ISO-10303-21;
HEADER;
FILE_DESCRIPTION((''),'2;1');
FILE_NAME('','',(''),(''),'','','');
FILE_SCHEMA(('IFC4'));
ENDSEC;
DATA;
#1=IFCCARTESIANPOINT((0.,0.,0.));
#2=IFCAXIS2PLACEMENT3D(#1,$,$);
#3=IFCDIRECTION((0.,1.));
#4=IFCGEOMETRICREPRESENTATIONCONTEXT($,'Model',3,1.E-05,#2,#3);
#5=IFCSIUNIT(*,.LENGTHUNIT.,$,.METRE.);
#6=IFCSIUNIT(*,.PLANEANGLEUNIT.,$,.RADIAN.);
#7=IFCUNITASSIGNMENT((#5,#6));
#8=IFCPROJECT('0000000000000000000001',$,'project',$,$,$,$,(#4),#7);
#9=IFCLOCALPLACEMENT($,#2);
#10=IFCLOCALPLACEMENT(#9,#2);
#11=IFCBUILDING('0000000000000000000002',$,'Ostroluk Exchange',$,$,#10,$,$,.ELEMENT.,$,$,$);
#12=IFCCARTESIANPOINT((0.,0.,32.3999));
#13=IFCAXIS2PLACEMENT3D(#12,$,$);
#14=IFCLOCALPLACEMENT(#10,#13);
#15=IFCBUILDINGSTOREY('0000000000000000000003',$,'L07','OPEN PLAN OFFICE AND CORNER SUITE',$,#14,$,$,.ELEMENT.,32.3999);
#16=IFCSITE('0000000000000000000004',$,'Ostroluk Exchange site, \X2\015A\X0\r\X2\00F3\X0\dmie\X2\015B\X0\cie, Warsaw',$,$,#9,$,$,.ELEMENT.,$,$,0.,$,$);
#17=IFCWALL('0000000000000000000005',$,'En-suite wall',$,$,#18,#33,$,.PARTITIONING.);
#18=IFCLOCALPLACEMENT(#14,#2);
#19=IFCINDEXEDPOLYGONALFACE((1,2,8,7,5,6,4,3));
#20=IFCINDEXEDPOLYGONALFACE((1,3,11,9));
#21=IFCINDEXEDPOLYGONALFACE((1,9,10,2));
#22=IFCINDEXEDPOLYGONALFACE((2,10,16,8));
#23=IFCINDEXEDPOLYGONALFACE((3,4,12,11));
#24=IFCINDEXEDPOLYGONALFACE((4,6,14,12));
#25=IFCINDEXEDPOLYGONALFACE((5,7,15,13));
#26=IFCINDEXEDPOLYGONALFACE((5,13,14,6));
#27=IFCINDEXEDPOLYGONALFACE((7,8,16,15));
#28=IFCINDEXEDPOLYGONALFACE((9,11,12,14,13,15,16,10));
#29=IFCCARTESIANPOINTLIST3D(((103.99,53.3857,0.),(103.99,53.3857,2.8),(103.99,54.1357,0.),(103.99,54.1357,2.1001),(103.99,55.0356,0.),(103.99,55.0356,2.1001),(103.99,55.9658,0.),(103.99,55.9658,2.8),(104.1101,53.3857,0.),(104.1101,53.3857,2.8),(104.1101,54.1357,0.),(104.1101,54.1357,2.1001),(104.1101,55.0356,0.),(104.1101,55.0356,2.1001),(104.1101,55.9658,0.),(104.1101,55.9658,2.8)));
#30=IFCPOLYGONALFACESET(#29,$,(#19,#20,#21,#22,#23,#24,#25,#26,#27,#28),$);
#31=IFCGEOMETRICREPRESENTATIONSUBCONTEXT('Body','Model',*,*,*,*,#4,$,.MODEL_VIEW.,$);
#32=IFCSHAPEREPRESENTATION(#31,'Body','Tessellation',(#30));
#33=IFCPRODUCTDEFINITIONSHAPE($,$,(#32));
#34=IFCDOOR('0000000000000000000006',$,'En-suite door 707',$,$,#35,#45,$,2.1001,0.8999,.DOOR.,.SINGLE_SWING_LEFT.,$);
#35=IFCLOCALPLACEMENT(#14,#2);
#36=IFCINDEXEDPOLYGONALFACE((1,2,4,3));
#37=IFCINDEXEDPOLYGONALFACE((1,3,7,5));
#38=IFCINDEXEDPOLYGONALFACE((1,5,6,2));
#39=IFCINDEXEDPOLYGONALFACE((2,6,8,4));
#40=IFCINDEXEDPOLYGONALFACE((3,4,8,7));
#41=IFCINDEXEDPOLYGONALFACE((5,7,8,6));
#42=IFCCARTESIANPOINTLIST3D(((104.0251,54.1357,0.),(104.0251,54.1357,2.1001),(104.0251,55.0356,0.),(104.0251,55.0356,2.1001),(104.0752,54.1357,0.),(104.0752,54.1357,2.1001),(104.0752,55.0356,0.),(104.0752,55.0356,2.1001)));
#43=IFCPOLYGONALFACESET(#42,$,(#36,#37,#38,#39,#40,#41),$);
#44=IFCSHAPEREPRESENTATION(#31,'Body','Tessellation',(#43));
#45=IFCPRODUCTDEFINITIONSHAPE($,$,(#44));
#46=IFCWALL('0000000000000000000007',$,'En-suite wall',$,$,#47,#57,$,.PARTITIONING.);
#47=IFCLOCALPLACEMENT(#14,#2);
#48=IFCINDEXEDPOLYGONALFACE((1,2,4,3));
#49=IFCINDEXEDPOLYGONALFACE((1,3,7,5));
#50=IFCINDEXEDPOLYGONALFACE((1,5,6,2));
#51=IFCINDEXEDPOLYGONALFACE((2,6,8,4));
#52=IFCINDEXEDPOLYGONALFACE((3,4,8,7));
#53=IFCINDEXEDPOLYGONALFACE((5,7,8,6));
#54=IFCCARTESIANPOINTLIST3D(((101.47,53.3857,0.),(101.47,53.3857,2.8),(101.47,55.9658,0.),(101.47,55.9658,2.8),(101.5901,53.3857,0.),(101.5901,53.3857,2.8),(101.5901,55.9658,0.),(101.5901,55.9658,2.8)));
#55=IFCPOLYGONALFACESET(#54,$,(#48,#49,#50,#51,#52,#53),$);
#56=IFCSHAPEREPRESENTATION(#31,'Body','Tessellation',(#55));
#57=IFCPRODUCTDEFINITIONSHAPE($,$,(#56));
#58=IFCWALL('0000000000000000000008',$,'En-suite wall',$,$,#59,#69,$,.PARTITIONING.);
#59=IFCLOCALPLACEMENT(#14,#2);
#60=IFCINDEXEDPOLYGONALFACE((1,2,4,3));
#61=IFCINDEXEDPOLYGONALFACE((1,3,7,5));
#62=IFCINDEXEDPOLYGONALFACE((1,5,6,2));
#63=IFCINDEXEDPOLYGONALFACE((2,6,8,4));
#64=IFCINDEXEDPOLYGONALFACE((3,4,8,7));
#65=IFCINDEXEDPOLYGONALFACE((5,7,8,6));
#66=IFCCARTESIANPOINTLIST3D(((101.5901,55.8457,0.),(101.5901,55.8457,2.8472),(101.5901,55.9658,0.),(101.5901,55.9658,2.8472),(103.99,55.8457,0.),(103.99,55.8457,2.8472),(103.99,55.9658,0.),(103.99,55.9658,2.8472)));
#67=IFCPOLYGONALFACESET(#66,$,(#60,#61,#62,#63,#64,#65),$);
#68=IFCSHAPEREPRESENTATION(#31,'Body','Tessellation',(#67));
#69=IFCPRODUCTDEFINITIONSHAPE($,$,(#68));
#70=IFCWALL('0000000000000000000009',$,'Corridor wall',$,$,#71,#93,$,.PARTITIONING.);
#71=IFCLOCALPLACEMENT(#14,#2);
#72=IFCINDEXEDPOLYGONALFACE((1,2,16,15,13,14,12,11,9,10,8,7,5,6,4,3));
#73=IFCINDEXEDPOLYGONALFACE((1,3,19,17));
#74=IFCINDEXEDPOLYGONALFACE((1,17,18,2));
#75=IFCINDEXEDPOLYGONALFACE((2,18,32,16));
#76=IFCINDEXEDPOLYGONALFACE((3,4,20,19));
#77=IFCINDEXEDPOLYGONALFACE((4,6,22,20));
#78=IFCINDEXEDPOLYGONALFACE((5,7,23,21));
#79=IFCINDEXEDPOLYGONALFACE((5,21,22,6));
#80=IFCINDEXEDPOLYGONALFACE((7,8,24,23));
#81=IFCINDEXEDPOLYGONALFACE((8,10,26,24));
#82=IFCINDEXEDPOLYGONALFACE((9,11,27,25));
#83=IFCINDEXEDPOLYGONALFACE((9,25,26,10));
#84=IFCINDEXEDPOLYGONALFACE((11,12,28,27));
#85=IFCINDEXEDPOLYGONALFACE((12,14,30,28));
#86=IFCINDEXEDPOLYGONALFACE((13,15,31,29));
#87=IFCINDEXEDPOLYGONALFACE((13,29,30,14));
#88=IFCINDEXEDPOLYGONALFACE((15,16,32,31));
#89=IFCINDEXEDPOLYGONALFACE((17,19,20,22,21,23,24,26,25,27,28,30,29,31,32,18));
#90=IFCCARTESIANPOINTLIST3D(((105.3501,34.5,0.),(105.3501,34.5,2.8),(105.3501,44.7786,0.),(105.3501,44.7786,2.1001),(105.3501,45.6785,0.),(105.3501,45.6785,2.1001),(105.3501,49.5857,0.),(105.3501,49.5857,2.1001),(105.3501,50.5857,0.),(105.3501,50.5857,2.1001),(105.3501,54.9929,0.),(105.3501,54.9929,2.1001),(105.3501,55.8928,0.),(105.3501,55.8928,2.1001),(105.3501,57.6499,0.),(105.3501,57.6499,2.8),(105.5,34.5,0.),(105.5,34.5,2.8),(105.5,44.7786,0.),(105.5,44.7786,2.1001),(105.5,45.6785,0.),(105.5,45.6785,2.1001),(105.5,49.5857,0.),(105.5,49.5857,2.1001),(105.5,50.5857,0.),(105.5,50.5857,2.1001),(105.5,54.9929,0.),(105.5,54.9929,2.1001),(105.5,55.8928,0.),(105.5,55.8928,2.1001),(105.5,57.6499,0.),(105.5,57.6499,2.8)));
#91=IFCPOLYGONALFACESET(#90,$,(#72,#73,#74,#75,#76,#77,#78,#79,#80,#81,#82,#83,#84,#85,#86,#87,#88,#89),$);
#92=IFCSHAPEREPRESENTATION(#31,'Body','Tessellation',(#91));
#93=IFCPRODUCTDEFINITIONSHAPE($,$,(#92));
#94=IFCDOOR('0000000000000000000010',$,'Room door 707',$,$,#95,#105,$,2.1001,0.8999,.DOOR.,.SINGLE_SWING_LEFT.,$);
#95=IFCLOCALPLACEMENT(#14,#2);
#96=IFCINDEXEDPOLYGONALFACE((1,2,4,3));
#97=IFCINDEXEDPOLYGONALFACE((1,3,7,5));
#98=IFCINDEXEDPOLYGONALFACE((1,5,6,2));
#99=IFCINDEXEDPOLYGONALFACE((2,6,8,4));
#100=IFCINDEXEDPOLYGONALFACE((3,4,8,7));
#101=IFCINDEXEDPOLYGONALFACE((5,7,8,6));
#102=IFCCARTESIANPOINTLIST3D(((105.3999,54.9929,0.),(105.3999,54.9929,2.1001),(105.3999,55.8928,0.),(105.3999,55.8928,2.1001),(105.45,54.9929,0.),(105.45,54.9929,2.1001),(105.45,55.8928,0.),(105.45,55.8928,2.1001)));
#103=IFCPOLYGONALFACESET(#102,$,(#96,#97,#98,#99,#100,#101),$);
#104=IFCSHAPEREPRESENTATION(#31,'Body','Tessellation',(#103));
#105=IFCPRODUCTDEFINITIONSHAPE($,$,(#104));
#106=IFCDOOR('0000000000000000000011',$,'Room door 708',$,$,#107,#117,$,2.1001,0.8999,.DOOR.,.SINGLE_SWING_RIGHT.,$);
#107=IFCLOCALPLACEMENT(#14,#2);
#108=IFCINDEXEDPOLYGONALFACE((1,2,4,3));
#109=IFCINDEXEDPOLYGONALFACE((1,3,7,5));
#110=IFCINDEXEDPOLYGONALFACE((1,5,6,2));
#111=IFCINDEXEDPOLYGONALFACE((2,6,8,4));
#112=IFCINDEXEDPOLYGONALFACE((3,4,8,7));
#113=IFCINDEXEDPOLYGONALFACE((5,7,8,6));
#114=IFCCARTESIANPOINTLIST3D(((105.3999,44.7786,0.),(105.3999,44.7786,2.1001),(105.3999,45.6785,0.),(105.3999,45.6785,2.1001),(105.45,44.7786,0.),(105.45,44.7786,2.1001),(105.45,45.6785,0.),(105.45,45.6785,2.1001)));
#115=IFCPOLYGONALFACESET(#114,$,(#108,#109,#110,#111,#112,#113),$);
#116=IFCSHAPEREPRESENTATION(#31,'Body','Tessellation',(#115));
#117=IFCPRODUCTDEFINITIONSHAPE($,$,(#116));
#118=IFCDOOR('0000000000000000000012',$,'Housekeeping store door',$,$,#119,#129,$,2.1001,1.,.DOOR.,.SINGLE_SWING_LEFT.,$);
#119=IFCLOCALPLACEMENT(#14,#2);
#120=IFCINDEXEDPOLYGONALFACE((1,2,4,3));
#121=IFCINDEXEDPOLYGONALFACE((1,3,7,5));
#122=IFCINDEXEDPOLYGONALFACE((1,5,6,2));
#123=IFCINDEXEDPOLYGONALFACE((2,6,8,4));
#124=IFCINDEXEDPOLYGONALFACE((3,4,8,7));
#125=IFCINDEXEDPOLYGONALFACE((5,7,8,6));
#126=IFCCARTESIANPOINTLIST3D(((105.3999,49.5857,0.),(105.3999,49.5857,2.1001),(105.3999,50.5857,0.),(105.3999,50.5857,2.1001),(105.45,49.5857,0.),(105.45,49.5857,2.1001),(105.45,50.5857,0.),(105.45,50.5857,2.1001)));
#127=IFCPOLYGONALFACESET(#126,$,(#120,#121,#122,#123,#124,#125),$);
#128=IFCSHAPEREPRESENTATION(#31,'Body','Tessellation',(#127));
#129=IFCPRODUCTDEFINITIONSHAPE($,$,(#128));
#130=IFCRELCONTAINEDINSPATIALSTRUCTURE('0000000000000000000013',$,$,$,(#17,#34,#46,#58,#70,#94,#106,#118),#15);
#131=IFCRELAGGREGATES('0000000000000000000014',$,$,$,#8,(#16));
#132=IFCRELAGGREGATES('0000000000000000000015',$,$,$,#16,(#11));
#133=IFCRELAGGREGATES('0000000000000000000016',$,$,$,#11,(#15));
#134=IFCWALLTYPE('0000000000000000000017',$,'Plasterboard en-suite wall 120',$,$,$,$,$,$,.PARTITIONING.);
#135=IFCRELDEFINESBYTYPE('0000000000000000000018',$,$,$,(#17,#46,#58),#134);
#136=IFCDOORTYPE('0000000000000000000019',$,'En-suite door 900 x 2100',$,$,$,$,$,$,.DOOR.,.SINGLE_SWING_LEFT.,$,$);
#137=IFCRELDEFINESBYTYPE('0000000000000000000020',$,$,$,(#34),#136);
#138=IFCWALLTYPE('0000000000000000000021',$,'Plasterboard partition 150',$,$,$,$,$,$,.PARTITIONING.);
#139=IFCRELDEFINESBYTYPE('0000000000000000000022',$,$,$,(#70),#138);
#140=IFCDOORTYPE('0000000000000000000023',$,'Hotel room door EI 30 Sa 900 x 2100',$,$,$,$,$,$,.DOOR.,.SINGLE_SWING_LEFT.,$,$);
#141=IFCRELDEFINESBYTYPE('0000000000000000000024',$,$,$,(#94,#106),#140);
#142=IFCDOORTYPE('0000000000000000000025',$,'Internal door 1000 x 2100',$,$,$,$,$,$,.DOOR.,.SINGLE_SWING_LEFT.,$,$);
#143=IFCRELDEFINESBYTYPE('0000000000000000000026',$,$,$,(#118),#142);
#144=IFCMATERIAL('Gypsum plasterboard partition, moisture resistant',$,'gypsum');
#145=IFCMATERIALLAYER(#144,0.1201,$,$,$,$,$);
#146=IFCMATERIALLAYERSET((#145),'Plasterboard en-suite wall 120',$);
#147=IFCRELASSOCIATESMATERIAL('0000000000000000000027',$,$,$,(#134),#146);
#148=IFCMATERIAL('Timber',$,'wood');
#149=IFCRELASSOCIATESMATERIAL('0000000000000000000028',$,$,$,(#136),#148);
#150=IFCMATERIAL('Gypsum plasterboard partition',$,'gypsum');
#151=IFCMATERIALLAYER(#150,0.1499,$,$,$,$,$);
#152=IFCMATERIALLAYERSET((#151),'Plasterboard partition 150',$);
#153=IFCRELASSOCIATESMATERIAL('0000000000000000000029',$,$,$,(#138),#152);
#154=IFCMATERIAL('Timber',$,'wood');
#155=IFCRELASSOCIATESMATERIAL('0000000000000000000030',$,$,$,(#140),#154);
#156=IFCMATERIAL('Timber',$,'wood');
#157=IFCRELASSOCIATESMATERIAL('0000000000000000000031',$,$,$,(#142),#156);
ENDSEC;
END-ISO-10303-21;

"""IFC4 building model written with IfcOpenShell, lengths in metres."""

from ifc_helpers import new_model, si_unit, direction, frame, frame_2d, origin, place, context, subcontext, project, spatial, rectangle, extrude, material, layer, layer_set, type_object, element, fill, save


model = new_model("IFC4")

# Units and contexts
model_context = context("Model", 3, precision=1e-05, world=origin(), true_north=direction((0.0, 1.0)))
body_context = subcontext(model_context, "Body", "Model", "MODEL_VIEW")
ifc_project = project(units=[si_unit("LENGTHUNIT", "METRE"), si_unit("PLANEANGLEUNIT", "RADIAN")], contexts=[model_context])

# Site, building, storey
site_placement = place(None, origin())
site = spatial("IfcSite", under=ifc_project, at=site_placement, Name="Ostroluk Exchange site, Śródmieście, Warsaw", CompositionType="ELEMENT", RefElevation=0.0)
building_placement = place(site_placement, origin())
building = spatial("IfcBuilding", under=site, at=building_placement, Name="Ostroluk Exchange", CompositionType="ELEMENT")
storey_placement = place(building_placement, frame((0.0, 0.0, 32.3999)))
storey = spatial("IfcBuildingStorey", under=building, at=storey_placement, Name="L07", Description="OPEN PLAN OFFICE AND CORNER SUITE", CompositionType="ELEMENT", Elevation=32.3999)

# Wall, opening, door
ifc_material_1 = material(Name="Gypsum plasterboard partition, moisture resistant", Category="gypsum")
ifc_layer_1 = layer(ifc_material_1, 0.1201)
ifc_layer_set_1 = layer_set([ifc_layer_1], Name="Plasterboard en-suite wall 120")
wall_type_1 = type_object("IfcWallType", Name="Plasterboard en-suite wall 120", PredefinedType="PARTITIONING", material=ifc_layer_set_1)
wall_1_placement = place(storey_placement, frame((104.05, 53.3857, 0.0), z_axis=(0.0, 0.0, 1.0), x_axis=(0.0, 1.0, 0.0)))
wall_1 = element("IfcWall", 1, at=wall_1_placement, inside=storey, type_object=wall_type_1, Name="En-suite wall", PredefinedType="PARTITIONING", context=body_context, shape_type="SweptSolid", body=[
    extrude(rectangle(XDim=2.5801, YDim=0.1201, at=frame_2d((1.29, 0.0))), origin(), (0.0, 0.0, 1.0), 2.8),
])
opening_1_placement = place(wall_1_placement, frame((0.75, 0.0, 0.0)))
opening_1 = element("IfcOpeningElement", 2, at=opening_1_placement, cuts=wall_1, PredefinedType="OPENING", context=body_context, shape_type="SweptSolid", body=[
    extrude(rectangle(XDim=0.8999, YDim=2.1001, at=frame_2d((0.45, 1.05))), frame((0.0, 0.0701, 0.0), z_axis=(0.0, -1.0, 0.0), x_axis=(1.0, 0.0, 0.0)), (0.0, 0.0, 1.0), 0.1401),
])
ifc_material_2 = material(Name="Timber", Category="wood")
door_type_1 = type_object("IfcDoorType", Name="En-suite door 900 x 2100", OperationType="SINGLE_SWING_LEFT", PredefinedType="DOOR", material=ifc_material_2)
door_1_placement = place(opening_1_placement, origin())
door_1 = element("IfcDoor", 3, at=door_1_placement, inside=storey, type_object=door_type_1, Name="En-suite door 707", OperationType="SINGLE_SWING_LEFT", OverallHeight=2.1001, OverallWidth=0.8999, PredefinedType="DOOR", context=body_context, shape_type="SweptSolid", body=[
    extrude(rectangle(XDim=0.8999, YDim=2.1001, at=frame_2d((0.45, 1.05))), frame((0.0, 0.0249, 0.0), z_axis=(0.0, -1.0, 0.0), x_axis=(1.0, 0.0, 0.0)), (0.0, 0.0, 1.0), 0.05),
])
fill(opening_1, door_1)

# Walls
wall_2_placement = place(storey_placement, frame((101.53, 53.3857, 0.0), z_axis=(0.0, 0.0, 1.0), x_axis=(0.0, 1.0, 0.0)))
element("IfcWall", 4, at=wall_2_placement, inside=storey, type_object=wall_type_1, Name="En-suite wall", PredefinedType="PARTITIONING", context=body_context, shape_type="SweptSolid", body=[
    extrude(rectangle(XDim=2.5801, YDim=0.1201, at=frame_2d((1.29, 0.0))), origin(), (0.0, 0.0, 1.0), 2.8),
])
wall_3_placement = place(storey_placement, frame((103.99, 55.9058, 0.0), z_axis=(0.0, 0.0, 1.0), x_axis=(-1.0, 0.0, 0.0)))
element("IfcWall", 5, at=wall_3_placement, inside=storey, type_object=wall_type_1, Name="En-suite wall", PredefinedType="PARTITIONING", context=body_context, shape_type="SweptSolid", body=[
    extrude(rectangle(XDim=2.3999, YDim=0.1201, at=frame_2d((1.2, 0.0))), origin(), (0.0, 0.0, 1.0), 2.8472),
])

# Wall, openings, doors
ifc_material_3 = material(Name="Gypsum plasterboard partition", Category="gypsum")
ifc_layer_2 = layer(ifc_material_3, 0.1499)
ifc_layer_set_2 = layer_set([ifc_layer_2], Name="Plasterboard partition 150")
wall_type_2 = type_object("IfcWallType", Name="Plasterboard partition 150", PredefinedType="PARTITIONING", material=ifc_layer_set_2)
wall_4_placement = place(storey_placement, frame((105.425, 57.6499, 0.0), z_axis=(0.0, 0.0, 1.0), x_axis=(0.0, -1.0, 0.0)))
wall_4 = element("IfcWall", 6, at=wall_4_placement, inside=storey, type_object=wall_type_2, Name="Corridor wall", PredefinedType="PARTITIONING", context=body_context, shape_type="SweptSolid", body=[
    extrude(rectangle(XDim=23.1499, YDim=0.1499, at=frame_2d((11.575, 0.0))), origin(), (0.0, 0.0, 1.0), 2.8),
])
opening_2_placement = place(wall_4_placement, frame((1.7571, 0.0, 0.0)))
opening_2 = element("IfcOpeningElement", 7, at=opening_2_placement, cuts=wall_4, PredefinedType="OPENING", context=body_context, shape_type="SweptSolid", body=[
    extrude(rectangle(XDim=0.8999, YDim=2.1001, at=frame_2d((0.45, 1.05))), frame((0.0, 0.085, 0.0), z_axis=(0.0, -1.0, 0.0), x_axis=(1.0, 0.0, 0.0)), (0.0, 0.0, 1.0), 0.1699),
])
opening_3_placement = place(wall_4_placement, frame((7.0642, 0.0, 0.0)))
opening_3 = element("IfcOpeningElement", 8, at=opening_3_placement, cuts=wall_4, PredefinedType="OPENING", context=body_context, shape_type="SweptSolid", body=[
    extrude(rectangle(XDim=1.0, YDim=2.1001, at=frame_2d((0.5, 1.05))), frame((0.0, 0.085, 0.0), z_axis=(0.0, -1.0, 0.0), x_axis=(1.0, 0.0, 0.0)), (0.0, 0.0, 1.0), 0.1699),
])
opening_4_placement = place(wall_4_placement, frame((11.9714, 0.0, 0.0)))
opening_4 = element("IfcOpeningElement", 9, at=opening_4_placement, cuts=wall_4, PredefinedType="OPENING", context=body_context, shape_type="SweptSolid", body=[
    extrude(rectangle(XDim=0.8999, YDim=2.1001, at=frame_2d((0.45, 1.05))), frame((0.0, 0.085, 0.0), z_axis=(0.0, -1.0, 0.0), x_axis=(1.0, 0.0, 0.0)), (0.0, 0.0, 1.0), 0.1699),
])
ifc_material_4 = material(Name="Timber", Category="wood")
door_type_2 = type_object("IfcDoorType", Name="Hotel room door EI 30 Sa 900 x 2100", OperationType="SINGLE_SWING_LEFT", PredefinedType="DOOR", material=ifc_material_4)
door_2_placement = place(opening_2_placement, origin())
door_2 = element("IfcDoor", 10, at=door_2_placement, inside=storey, type_object=door_type_2, Name="Room door 707", OperationType="SINGLE_SWING_LEFT", OverallHeight=2.1001, OverallWidth=0.8999, PredefinedType="DOOR", context=body_context, shape_type="SweptSolid", body=[
    extrude(rectangle(XDim=0.8999, YDim=2.1001, at=frame_2d((0.45, 1.05))), frame((0.0, 0.0249, 0.0), z_axis=(0.0, -1.0, 0.0), x_axis=(1.0, 0.0, 0.0)), (0.0, 0.0, 1.0), 0.05),
])
fill(opening_2, door_2)
door_3_placement = place(opening_4_placement, origin())
door_3 = element("IfcDoor", 11, at=door_3_placement, inside=storey, type_object=door_type_2, Name="Room door 708", OperationType="SINGLE_SWING_RIGHT", OverallHeight=2.1001, OverallWidth=0.8999, PredefinedType="DOOR", context=body_context, shape_type="SweptSolid", body=[
    extrude(rectangle(XDim=0.8999, YDim=2.1001, at=frame_2d((0.45, 1.05))), frame((0.0, 0.0249, 0.0), z_axis=(0.0, -1.0, 0.0), x_axis=(1.0, 0.0, 0.0)), (0.0, 0.0, 1.0), 0.05),
])
fill(opening_4, door_3)
ifc_material_5 = material(Name="Timber", Category="wood")
door_type_3 = type_object("IfcDoorType", Name="Internal door 1000 x 2100", OperationType="SINGLE_SWING_LEFT", PredefinedType="DOOR", material=ifc_material_5)
door_4_placement = place(opening_3_placement, origin())
door_4 = element("IfcDoor", 12, at=door_4_placement, inside=storey, type_object=door_type_3, Name="Housekeeping store door", OperationType="SINGLE_SWING_LEFT", OverallHeight=2.1001, OverallWidth=1.0, PredefinedType="DOOR", context=body_context, shape_type="SweptSolid", body=[
    extrude(rectangle(XDim=1.0, YDim=2.1001, at=frame_2d((0.5, 1.05))), frame((0.0, 0.0249, 0.0), z_axis=(0.0, -1.0, 0.0), x_axis=(1.0, 0.0, 0.0)), (0.0, 0.0, 1.0), 0.05),
])
fill(opening_3, door_4)

save(model, "model.ifc")
